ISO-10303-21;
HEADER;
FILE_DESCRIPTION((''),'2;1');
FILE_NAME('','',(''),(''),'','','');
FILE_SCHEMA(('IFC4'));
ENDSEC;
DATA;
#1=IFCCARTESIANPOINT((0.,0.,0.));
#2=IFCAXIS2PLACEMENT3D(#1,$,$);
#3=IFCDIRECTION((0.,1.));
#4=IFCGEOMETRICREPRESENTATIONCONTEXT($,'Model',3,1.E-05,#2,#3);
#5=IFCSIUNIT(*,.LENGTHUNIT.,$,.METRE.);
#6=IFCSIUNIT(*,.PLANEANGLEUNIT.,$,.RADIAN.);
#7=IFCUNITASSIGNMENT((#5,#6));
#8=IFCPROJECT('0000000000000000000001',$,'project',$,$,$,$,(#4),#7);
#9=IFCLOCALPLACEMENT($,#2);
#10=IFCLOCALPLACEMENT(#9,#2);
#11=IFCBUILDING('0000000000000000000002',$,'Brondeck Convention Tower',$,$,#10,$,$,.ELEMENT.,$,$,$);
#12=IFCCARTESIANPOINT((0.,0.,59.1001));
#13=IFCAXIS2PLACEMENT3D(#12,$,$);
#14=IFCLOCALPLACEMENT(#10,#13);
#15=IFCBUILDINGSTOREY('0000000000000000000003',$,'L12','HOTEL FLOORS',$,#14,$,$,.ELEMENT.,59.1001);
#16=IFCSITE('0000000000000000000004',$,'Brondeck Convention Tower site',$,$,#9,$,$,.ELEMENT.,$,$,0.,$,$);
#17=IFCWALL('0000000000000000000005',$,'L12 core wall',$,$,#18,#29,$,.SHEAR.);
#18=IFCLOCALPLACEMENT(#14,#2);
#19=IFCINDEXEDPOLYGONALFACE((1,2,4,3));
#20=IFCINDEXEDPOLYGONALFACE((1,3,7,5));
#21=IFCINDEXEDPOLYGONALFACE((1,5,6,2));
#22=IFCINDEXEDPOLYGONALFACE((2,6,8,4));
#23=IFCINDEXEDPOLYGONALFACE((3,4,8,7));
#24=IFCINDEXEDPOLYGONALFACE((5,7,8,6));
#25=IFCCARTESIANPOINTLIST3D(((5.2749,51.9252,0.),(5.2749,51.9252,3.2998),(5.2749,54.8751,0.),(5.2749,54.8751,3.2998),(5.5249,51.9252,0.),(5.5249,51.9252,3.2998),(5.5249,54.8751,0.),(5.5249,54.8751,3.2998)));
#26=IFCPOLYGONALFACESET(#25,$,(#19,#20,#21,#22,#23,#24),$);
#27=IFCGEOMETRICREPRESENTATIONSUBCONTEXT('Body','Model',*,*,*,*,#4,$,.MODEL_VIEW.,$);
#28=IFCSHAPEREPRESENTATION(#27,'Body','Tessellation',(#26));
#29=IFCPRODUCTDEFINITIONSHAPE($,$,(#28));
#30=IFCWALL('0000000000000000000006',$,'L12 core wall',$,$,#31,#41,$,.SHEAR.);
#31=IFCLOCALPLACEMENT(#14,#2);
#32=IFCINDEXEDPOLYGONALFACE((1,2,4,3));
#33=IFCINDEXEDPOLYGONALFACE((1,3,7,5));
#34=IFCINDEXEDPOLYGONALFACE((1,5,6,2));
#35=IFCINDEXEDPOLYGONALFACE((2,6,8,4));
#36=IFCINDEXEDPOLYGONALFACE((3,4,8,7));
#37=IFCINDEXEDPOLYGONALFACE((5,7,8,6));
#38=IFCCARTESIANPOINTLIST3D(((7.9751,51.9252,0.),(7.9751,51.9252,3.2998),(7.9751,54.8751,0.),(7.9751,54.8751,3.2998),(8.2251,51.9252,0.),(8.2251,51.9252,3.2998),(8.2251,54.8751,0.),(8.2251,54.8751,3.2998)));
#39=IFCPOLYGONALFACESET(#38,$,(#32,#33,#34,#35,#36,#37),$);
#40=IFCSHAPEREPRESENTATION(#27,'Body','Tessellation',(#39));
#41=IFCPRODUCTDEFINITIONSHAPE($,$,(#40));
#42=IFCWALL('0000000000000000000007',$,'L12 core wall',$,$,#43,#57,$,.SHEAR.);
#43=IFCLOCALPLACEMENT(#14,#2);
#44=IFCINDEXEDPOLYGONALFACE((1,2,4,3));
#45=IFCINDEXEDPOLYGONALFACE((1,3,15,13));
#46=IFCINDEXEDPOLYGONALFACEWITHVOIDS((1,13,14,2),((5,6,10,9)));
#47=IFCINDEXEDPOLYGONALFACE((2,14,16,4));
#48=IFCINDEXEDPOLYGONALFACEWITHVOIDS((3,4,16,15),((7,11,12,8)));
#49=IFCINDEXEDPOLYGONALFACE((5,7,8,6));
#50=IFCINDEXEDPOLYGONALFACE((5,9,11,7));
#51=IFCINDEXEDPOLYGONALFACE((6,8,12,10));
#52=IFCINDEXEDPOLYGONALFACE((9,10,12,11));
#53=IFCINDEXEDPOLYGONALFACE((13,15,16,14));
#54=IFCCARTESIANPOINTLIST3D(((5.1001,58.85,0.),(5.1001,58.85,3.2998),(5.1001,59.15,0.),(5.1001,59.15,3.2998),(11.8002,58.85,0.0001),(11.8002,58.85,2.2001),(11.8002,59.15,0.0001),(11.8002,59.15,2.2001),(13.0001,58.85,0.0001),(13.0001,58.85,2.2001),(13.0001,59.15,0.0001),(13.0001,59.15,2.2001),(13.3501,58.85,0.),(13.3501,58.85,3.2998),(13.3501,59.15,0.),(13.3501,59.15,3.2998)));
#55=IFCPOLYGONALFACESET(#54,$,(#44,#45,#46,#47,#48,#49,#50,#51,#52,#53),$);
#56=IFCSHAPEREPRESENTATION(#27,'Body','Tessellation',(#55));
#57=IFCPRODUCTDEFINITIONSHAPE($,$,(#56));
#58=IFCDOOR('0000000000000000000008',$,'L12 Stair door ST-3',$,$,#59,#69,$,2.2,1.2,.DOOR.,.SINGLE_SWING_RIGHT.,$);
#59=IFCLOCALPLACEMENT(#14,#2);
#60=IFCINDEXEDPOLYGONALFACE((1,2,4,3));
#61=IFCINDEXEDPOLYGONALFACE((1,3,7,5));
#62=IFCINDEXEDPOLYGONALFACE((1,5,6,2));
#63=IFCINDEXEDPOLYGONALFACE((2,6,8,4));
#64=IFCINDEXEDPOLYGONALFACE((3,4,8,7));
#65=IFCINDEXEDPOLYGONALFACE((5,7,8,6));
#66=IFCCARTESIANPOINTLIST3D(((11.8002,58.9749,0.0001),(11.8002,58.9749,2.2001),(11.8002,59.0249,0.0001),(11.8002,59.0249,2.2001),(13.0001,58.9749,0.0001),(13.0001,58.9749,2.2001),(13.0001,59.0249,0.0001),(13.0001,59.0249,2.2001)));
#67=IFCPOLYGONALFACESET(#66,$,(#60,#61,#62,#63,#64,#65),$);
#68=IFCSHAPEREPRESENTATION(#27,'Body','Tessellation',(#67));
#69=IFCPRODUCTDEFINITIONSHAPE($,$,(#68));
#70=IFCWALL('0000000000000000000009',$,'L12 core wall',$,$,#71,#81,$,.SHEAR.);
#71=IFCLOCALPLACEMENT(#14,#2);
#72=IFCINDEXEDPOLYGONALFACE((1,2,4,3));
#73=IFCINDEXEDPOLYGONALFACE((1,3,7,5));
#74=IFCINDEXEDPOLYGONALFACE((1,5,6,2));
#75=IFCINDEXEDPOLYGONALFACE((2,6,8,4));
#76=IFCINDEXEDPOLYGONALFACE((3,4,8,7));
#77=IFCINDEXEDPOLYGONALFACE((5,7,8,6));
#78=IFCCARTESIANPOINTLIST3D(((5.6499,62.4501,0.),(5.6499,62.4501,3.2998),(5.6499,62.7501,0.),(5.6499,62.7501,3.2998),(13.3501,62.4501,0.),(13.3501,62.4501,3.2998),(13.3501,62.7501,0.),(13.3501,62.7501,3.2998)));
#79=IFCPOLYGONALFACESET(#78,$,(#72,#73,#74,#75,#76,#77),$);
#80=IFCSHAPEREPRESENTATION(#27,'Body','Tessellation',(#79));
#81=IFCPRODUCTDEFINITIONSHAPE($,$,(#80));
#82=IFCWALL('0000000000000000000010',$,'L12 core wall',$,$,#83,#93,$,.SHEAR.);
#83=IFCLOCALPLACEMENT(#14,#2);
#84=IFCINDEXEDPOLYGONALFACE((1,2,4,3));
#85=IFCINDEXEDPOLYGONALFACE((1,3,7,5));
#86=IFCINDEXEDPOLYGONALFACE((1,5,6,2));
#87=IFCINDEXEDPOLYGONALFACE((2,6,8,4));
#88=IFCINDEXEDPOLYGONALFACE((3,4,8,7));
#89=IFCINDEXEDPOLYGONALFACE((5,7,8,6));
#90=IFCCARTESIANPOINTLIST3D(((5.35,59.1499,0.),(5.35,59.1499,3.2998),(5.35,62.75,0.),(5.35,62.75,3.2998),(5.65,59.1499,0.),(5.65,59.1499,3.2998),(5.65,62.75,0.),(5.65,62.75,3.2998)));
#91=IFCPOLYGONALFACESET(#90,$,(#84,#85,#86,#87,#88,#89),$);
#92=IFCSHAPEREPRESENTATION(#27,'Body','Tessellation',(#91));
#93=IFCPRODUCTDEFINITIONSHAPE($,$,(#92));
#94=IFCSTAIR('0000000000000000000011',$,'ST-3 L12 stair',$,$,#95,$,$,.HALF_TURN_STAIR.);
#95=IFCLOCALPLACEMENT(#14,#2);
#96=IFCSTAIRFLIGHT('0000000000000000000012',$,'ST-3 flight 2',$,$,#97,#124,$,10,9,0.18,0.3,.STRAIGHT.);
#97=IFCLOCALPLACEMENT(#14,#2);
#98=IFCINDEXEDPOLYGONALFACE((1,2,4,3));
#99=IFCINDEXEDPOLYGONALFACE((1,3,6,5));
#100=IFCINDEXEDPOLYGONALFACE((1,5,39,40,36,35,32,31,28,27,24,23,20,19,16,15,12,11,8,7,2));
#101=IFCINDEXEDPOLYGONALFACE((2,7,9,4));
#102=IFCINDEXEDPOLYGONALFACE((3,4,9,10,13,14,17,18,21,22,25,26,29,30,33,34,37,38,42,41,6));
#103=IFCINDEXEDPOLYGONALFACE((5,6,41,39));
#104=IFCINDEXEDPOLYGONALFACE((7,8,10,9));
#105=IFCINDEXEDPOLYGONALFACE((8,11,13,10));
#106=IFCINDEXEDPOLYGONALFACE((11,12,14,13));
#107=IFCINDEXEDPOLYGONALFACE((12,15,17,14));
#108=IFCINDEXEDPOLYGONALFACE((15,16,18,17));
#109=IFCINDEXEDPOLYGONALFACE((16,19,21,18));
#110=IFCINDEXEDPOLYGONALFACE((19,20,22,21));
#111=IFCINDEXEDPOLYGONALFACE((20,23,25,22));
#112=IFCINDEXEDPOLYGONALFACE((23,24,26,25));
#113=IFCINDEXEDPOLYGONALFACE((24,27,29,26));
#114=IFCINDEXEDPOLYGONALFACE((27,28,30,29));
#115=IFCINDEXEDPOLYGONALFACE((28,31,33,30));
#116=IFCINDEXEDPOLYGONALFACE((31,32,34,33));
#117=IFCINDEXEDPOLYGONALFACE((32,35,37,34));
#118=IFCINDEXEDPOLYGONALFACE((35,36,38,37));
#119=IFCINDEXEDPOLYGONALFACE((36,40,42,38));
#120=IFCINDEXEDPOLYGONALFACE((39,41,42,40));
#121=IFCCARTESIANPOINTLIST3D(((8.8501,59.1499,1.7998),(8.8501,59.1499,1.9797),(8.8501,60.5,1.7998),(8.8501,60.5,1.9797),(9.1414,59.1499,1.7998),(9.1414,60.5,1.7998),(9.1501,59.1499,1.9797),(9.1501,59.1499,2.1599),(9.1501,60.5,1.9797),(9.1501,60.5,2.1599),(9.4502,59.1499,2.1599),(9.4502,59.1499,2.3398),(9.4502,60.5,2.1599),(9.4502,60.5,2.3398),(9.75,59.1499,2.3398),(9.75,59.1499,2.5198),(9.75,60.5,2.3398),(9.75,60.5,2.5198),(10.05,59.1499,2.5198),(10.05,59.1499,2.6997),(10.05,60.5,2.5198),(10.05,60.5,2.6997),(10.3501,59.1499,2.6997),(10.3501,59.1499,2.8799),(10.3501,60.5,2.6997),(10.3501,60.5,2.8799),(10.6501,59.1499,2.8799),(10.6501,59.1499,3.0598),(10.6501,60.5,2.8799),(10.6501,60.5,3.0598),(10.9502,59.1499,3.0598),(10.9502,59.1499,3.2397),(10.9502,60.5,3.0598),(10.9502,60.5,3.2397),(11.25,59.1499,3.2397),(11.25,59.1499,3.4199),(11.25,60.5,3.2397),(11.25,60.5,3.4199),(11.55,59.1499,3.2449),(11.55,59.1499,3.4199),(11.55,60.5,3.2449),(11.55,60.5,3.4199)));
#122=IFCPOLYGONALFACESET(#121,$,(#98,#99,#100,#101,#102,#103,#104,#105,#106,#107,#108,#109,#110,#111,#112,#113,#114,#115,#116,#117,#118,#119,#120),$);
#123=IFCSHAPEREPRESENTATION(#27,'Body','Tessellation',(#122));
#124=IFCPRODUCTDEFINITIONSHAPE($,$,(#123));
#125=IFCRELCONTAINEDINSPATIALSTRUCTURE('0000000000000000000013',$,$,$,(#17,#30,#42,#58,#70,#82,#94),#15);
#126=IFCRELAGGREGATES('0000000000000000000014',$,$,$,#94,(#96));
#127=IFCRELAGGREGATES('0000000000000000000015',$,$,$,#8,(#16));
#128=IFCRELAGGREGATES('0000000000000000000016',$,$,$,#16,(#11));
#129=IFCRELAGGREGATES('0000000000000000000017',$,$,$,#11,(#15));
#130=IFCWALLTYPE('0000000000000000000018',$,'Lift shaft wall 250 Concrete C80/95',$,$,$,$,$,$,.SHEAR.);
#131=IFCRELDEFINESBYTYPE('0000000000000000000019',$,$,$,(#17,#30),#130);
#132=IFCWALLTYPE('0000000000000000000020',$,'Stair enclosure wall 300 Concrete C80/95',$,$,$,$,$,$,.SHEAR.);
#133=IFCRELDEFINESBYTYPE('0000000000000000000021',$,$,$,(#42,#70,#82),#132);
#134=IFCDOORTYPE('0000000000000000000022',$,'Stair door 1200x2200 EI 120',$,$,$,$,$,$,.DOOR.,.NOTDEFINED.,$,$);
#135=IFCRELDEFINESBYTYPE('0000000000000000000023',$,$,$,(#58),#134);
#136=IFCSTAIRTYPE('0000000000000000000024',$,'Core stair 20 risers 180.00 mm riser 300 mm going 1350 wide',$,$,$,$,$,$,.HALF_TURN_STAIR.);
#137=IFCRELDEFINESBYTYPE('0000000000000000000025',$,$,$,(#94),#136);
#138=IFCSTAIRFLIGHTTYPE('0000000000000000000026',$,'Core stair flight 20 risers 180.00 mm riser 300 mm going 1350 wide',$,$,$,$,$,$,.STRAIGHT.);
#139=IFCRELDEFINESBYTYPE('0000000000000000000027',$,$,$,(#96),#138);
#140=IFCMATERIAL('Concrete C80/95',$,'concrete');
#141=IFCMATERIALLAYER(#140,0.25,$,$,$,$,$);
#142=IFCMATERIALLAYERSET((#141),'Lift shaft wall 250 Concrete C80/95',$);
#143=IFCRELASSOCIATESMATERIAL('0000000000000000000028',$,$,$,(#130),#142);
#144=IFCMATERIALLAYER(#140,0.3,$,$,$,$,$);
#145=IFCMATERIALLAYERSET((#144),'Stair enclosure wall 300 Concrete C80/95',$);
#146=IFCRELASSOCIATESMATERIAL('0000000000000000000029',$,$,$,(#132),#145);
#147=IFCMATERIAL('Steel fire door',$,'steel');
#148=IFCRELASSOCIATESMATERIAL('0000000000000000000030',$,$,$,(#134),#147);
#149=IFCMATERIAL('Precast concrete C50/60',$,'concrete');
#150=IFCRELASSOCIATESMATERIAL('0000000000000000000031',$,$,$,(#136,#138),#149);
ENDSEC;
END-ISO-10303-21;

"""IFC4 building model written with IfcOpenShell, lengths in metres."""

from ifc_helpers import new_model, si_unit, direction, frame, frame_2d, origin, place, context, subcontext, project, spatial, polyline, rectangle, outline, extrude, material, layer, layer_set, type_object, element, fill, aggregate, save


model = new_model("IFC4")

# Units and contexts
model_context = context("Model", 3, precision=1e-05, world=origin(), true_north=direction((0.0, 1.0)))
body_context = subcontext(model_context, "Body", "Model", "MODEL_VIEW")
ifc_project = project(units=[si_unit("LENGTHUNIT", "METRE"), si_unit("PLANEANGLEUNIT", "RADIAN")], contexts=[model_context])

# Site, building, storey
site_placement = place(None, origin())
site = spatial("IfcSite", under=ifc_project, at=site_placement, Name="Brondeck Convention Tower site", CompositionType="ELEMENT", RefElevation=0.0)
building_placement = place(site_placement, origin())
building = spatial("IfcBuilding", under=site, at=building_placement, Name="Brondeck Convention Tower", CompositionType="ELEMENT")
storey_placement = place(building_placement, frame((0.0, 0.0, 59.1001)))
storey = spatial("IfcBuildingStorey", under=building, at=storey_placement, Name="L12", Description="HOTEL FLOORS", CompositionType="ELEMENT", Elevation=59.1001)

# Shared definitions
ifc_material_1 = material(Name="Concrete C80/95", Category="concrete")

# Shared definitions
ifc_material_2 = material(Name="Steel fire door", Category="steel")

# Shared definitions
ifc_layer_1 = layer(ifc_material_1, 0.25)
ifc_layer_set_1 = layer_set([ifc_layer_1], Name="Lift shaft wall 250 Concrete C80/95")
wall_type_1 = type_object("IfcWallType", Name="Lift shaft wall 250 Concrete C80/95", PredefinedType="SHEAR", material=ifc_layer_set_1)

# Walls
for number, where, z_axis, x_axis, name in (
    (1, (5.3999, 51.925, 0.0), (0.0, 0.0, 1.0), (0.0, 1.0, 0.0), "L12 core wall"),
    (2, (8.1001, 51.925, 0.0), (0.0, 0.0, 1.0), (0.0, 1.0, 0.0), "L12 core wall"),
):
    element("IfcWall", number, at=place(storey_placement, frame(where, z_axis=z_axis, x_axis=x_axis)), inside=storey, type_object=wall_type_1, Name=name, PredefinedType="SHEAR", context=body_context, shape_type="SweptSolid", body=[
        extrude(rectangle(XDim=2.95, YDim=0.25, at=frame_2d((1.4751, 0.0))), origin(), (0.0, 0.0, 1.0), 3.2998),
    ])

# Wall, opening, door
ifc_layer_2 = layer(ifc_material_1, 0.3)
ifc_layer_set_2 = layer_set([ifc_layer_2], Name="Stair enclosure wall 300 Concrete C80/95")
wall_type_2 = type_object("IfcWallType", Name="Stair enclosure wall 300 Concrete C80/95", PredefinedType="SHEAR", material=ifc_layer_set_2)
wall_1_placement = place(storey_placement, frame((5.1001, 59.0, 0.0), z_axis=(0.0, 0.0, 1.0), x_axis=(1.0, 0.0, 0.0)))
wall_1 = element("IfcWall", 3, at=wall_1_placement, inside=storey, type_object=wall_type_2, Name="L12 core wall", PredefinedType="SHEAR", context=body_context, shape_type="SweptSolid", body=[
    extrude(rectangle(XDim=8.25, YDim=0.3, at=frame_2d((4.125, 0.0))), origin(), (0.0, 0.0, 1.0), 3.2998),
])
opening_1_placement = place(wall_1_placement, frame((6.7, 0.0, 0.0)))
opening_1 = element("IfcOpeningElement", 4, at=opening_1_placement, cuts=wall_1, PredefinedType="OPENING", context=body_context, shape_type="SweptSolid", body=[
    extrude(rectangle(XDim=1.2, YDim=2.2, at=frame_2d((0.6001, 1.1001))), frame((0.0, 0.1599, 0.0), z_axis=(0.0, -1.0, 0.0), x_axis=(1.0, 0.0, 0.0)), (0.0, 0.0, 1.0), 0.3201),
])
door_type_1 = type_object("IfcDoorType", Name="Stair door 1200x2200 EI 120", OperationType="NOTDEFINED", PredefinedType="DOOR", material=ifc_material_2)
door_1_placement = place(opening_1_placement, origin())
door_1 = element("IfcDoor", 5, at=door_1_placement, inside=storey, type_object=door_type_1, Name="L12 Stair door ST-3", OperationType="SINGLE_SWING_RIGHT", OverallHeight=2.2, OverallWidth=1.2, PredefinedType="DOOR", context=body_context, shape_type="SweptSolid", body=[
    extrude(rectangle(XDim=1.2, YDim=2.2, at=frame_2d((0.6001, 1.1001))), frame((0.0, 0.0249, 0.0), z_axis=(0.0, -1.0, 0.0), x_axis=(1.0, 0.0, 0.0)), (0.0, 0.0, 1.0), 0.05),
])
fill(opening_1, door_1)

# Walls
wall_2_placement = place(storey_placement, frame((5.6499, 62.6001, 0.0), z_axis=(0.0, 0.0, 1.0), x_axis=(1.0, 0.0, 0.0)))
element("IfcWall", 6, at=wall_2_placement, inside=storey, type_object=wall_type_2, Name="L12 core wall", PredefinedType="SHEAR", context=body_context, shape_type="SweptSolid", body=[
    extrude(rectangle(XDim=7.7002, YDim=0.3, at=frame_2d((3.8501, 0.0))), origin(), (0.0, 0.0, 1.0), 3.2998),
])
wall_3_placement = place(storey_placement, frame((5.5, 59.1499, 0.0), z_axis=(0.0, 0.0, 1.0), x_axis=(0.0, 1.0, 0.0)))
element("IfcWall", 7, at=wall_3_placement, inside=storey, type_object=wall_type_2, Name="L12 core wall", PredefinedType="SHEAR", context=body_context, shape_type="SweptSolid", body=[
    extrude(rectangle(XDim=3.6001, YDim=0.3, at=frame_2d((1.8, 0.0))), origin(), (0.0, 0.0, 1.0), 3.2998),
])

# Stair, stair flight
ifc_material_3 = material(Name="Precast concrete C50/60", Category="concrete")
stair_type = type_object("IfcStairType", Name="Core stair 20 risers 180.00 mm riser 300 mm going 1350 wide", PredefinedType="HALF_TURN_STAIR", material=ifc_material_3)
stair_placement = place(storey_placement, origin())
stair = element("IfcStair", 8, at=stair_placement, inside=storey, type_object=stair_type, Name="ST-3 L12 stair", PredefinedType="HALF_TURN_STAIR")
stair_flight_type = type_object("IfcStairFlightType", Name="Core stair flight 20 risers 180.00 mm riser 300 mm going 1350 wide", PredefinedType="STRAIGHT", material=ifc_material_3)
stair_flight_placement = place(storey_placement, frame((8.8501, 59.825, 1.7998), z_axis=(0.0, 0.0, 1.0), x_axis=(1.0, 0.0, 0.0)))
stair_flight = element("IfcStairFlight", 9, at=stair_flight_placement, type_object=stair_flight_type, Name="ST-3 flight 2", NumberOfRisers=10, NumberOfTreads=9, PredefinedType="STRAIGHT", RiserHeight=0.18, TreadLength=0.3, context=body_context, shape_type="SweptSolid", body=[
    extrude(outline(polyline([(0.0, 0.0), (0.0, 0.1799), (0.3, 0.1799), (0.3, 0.3601), (0.6001, 0.3601), (0.6001, 0.54), (0.8999, 0.54), (0.8999, 0.72), (1.2, 0.72), (1.2, 0.8999), (1.5, 0.8999), (1.5, 1.0801), (1.8, 1.0801), (1.8, 1.26), (2.1001, 1.26), (2.1001, 1.4399), (2.3999, 1.4399), (2.3999, 1.6201), (2.7, 1.6201), (2.7, 1.8), (2.7, 1.4451), (0.2913, 0.0), (0.0, 0.0)])), frame((0.0, 0.675, 0.0), z_axis=(0.0, -1.0, 0.0), x_axis=(1.0, 0.0, 0.0)), (0.0, 0.0, 1.0), 1.3501),
])
aggregate(stair, [stair_flight])

save(model, "model.ifc")
